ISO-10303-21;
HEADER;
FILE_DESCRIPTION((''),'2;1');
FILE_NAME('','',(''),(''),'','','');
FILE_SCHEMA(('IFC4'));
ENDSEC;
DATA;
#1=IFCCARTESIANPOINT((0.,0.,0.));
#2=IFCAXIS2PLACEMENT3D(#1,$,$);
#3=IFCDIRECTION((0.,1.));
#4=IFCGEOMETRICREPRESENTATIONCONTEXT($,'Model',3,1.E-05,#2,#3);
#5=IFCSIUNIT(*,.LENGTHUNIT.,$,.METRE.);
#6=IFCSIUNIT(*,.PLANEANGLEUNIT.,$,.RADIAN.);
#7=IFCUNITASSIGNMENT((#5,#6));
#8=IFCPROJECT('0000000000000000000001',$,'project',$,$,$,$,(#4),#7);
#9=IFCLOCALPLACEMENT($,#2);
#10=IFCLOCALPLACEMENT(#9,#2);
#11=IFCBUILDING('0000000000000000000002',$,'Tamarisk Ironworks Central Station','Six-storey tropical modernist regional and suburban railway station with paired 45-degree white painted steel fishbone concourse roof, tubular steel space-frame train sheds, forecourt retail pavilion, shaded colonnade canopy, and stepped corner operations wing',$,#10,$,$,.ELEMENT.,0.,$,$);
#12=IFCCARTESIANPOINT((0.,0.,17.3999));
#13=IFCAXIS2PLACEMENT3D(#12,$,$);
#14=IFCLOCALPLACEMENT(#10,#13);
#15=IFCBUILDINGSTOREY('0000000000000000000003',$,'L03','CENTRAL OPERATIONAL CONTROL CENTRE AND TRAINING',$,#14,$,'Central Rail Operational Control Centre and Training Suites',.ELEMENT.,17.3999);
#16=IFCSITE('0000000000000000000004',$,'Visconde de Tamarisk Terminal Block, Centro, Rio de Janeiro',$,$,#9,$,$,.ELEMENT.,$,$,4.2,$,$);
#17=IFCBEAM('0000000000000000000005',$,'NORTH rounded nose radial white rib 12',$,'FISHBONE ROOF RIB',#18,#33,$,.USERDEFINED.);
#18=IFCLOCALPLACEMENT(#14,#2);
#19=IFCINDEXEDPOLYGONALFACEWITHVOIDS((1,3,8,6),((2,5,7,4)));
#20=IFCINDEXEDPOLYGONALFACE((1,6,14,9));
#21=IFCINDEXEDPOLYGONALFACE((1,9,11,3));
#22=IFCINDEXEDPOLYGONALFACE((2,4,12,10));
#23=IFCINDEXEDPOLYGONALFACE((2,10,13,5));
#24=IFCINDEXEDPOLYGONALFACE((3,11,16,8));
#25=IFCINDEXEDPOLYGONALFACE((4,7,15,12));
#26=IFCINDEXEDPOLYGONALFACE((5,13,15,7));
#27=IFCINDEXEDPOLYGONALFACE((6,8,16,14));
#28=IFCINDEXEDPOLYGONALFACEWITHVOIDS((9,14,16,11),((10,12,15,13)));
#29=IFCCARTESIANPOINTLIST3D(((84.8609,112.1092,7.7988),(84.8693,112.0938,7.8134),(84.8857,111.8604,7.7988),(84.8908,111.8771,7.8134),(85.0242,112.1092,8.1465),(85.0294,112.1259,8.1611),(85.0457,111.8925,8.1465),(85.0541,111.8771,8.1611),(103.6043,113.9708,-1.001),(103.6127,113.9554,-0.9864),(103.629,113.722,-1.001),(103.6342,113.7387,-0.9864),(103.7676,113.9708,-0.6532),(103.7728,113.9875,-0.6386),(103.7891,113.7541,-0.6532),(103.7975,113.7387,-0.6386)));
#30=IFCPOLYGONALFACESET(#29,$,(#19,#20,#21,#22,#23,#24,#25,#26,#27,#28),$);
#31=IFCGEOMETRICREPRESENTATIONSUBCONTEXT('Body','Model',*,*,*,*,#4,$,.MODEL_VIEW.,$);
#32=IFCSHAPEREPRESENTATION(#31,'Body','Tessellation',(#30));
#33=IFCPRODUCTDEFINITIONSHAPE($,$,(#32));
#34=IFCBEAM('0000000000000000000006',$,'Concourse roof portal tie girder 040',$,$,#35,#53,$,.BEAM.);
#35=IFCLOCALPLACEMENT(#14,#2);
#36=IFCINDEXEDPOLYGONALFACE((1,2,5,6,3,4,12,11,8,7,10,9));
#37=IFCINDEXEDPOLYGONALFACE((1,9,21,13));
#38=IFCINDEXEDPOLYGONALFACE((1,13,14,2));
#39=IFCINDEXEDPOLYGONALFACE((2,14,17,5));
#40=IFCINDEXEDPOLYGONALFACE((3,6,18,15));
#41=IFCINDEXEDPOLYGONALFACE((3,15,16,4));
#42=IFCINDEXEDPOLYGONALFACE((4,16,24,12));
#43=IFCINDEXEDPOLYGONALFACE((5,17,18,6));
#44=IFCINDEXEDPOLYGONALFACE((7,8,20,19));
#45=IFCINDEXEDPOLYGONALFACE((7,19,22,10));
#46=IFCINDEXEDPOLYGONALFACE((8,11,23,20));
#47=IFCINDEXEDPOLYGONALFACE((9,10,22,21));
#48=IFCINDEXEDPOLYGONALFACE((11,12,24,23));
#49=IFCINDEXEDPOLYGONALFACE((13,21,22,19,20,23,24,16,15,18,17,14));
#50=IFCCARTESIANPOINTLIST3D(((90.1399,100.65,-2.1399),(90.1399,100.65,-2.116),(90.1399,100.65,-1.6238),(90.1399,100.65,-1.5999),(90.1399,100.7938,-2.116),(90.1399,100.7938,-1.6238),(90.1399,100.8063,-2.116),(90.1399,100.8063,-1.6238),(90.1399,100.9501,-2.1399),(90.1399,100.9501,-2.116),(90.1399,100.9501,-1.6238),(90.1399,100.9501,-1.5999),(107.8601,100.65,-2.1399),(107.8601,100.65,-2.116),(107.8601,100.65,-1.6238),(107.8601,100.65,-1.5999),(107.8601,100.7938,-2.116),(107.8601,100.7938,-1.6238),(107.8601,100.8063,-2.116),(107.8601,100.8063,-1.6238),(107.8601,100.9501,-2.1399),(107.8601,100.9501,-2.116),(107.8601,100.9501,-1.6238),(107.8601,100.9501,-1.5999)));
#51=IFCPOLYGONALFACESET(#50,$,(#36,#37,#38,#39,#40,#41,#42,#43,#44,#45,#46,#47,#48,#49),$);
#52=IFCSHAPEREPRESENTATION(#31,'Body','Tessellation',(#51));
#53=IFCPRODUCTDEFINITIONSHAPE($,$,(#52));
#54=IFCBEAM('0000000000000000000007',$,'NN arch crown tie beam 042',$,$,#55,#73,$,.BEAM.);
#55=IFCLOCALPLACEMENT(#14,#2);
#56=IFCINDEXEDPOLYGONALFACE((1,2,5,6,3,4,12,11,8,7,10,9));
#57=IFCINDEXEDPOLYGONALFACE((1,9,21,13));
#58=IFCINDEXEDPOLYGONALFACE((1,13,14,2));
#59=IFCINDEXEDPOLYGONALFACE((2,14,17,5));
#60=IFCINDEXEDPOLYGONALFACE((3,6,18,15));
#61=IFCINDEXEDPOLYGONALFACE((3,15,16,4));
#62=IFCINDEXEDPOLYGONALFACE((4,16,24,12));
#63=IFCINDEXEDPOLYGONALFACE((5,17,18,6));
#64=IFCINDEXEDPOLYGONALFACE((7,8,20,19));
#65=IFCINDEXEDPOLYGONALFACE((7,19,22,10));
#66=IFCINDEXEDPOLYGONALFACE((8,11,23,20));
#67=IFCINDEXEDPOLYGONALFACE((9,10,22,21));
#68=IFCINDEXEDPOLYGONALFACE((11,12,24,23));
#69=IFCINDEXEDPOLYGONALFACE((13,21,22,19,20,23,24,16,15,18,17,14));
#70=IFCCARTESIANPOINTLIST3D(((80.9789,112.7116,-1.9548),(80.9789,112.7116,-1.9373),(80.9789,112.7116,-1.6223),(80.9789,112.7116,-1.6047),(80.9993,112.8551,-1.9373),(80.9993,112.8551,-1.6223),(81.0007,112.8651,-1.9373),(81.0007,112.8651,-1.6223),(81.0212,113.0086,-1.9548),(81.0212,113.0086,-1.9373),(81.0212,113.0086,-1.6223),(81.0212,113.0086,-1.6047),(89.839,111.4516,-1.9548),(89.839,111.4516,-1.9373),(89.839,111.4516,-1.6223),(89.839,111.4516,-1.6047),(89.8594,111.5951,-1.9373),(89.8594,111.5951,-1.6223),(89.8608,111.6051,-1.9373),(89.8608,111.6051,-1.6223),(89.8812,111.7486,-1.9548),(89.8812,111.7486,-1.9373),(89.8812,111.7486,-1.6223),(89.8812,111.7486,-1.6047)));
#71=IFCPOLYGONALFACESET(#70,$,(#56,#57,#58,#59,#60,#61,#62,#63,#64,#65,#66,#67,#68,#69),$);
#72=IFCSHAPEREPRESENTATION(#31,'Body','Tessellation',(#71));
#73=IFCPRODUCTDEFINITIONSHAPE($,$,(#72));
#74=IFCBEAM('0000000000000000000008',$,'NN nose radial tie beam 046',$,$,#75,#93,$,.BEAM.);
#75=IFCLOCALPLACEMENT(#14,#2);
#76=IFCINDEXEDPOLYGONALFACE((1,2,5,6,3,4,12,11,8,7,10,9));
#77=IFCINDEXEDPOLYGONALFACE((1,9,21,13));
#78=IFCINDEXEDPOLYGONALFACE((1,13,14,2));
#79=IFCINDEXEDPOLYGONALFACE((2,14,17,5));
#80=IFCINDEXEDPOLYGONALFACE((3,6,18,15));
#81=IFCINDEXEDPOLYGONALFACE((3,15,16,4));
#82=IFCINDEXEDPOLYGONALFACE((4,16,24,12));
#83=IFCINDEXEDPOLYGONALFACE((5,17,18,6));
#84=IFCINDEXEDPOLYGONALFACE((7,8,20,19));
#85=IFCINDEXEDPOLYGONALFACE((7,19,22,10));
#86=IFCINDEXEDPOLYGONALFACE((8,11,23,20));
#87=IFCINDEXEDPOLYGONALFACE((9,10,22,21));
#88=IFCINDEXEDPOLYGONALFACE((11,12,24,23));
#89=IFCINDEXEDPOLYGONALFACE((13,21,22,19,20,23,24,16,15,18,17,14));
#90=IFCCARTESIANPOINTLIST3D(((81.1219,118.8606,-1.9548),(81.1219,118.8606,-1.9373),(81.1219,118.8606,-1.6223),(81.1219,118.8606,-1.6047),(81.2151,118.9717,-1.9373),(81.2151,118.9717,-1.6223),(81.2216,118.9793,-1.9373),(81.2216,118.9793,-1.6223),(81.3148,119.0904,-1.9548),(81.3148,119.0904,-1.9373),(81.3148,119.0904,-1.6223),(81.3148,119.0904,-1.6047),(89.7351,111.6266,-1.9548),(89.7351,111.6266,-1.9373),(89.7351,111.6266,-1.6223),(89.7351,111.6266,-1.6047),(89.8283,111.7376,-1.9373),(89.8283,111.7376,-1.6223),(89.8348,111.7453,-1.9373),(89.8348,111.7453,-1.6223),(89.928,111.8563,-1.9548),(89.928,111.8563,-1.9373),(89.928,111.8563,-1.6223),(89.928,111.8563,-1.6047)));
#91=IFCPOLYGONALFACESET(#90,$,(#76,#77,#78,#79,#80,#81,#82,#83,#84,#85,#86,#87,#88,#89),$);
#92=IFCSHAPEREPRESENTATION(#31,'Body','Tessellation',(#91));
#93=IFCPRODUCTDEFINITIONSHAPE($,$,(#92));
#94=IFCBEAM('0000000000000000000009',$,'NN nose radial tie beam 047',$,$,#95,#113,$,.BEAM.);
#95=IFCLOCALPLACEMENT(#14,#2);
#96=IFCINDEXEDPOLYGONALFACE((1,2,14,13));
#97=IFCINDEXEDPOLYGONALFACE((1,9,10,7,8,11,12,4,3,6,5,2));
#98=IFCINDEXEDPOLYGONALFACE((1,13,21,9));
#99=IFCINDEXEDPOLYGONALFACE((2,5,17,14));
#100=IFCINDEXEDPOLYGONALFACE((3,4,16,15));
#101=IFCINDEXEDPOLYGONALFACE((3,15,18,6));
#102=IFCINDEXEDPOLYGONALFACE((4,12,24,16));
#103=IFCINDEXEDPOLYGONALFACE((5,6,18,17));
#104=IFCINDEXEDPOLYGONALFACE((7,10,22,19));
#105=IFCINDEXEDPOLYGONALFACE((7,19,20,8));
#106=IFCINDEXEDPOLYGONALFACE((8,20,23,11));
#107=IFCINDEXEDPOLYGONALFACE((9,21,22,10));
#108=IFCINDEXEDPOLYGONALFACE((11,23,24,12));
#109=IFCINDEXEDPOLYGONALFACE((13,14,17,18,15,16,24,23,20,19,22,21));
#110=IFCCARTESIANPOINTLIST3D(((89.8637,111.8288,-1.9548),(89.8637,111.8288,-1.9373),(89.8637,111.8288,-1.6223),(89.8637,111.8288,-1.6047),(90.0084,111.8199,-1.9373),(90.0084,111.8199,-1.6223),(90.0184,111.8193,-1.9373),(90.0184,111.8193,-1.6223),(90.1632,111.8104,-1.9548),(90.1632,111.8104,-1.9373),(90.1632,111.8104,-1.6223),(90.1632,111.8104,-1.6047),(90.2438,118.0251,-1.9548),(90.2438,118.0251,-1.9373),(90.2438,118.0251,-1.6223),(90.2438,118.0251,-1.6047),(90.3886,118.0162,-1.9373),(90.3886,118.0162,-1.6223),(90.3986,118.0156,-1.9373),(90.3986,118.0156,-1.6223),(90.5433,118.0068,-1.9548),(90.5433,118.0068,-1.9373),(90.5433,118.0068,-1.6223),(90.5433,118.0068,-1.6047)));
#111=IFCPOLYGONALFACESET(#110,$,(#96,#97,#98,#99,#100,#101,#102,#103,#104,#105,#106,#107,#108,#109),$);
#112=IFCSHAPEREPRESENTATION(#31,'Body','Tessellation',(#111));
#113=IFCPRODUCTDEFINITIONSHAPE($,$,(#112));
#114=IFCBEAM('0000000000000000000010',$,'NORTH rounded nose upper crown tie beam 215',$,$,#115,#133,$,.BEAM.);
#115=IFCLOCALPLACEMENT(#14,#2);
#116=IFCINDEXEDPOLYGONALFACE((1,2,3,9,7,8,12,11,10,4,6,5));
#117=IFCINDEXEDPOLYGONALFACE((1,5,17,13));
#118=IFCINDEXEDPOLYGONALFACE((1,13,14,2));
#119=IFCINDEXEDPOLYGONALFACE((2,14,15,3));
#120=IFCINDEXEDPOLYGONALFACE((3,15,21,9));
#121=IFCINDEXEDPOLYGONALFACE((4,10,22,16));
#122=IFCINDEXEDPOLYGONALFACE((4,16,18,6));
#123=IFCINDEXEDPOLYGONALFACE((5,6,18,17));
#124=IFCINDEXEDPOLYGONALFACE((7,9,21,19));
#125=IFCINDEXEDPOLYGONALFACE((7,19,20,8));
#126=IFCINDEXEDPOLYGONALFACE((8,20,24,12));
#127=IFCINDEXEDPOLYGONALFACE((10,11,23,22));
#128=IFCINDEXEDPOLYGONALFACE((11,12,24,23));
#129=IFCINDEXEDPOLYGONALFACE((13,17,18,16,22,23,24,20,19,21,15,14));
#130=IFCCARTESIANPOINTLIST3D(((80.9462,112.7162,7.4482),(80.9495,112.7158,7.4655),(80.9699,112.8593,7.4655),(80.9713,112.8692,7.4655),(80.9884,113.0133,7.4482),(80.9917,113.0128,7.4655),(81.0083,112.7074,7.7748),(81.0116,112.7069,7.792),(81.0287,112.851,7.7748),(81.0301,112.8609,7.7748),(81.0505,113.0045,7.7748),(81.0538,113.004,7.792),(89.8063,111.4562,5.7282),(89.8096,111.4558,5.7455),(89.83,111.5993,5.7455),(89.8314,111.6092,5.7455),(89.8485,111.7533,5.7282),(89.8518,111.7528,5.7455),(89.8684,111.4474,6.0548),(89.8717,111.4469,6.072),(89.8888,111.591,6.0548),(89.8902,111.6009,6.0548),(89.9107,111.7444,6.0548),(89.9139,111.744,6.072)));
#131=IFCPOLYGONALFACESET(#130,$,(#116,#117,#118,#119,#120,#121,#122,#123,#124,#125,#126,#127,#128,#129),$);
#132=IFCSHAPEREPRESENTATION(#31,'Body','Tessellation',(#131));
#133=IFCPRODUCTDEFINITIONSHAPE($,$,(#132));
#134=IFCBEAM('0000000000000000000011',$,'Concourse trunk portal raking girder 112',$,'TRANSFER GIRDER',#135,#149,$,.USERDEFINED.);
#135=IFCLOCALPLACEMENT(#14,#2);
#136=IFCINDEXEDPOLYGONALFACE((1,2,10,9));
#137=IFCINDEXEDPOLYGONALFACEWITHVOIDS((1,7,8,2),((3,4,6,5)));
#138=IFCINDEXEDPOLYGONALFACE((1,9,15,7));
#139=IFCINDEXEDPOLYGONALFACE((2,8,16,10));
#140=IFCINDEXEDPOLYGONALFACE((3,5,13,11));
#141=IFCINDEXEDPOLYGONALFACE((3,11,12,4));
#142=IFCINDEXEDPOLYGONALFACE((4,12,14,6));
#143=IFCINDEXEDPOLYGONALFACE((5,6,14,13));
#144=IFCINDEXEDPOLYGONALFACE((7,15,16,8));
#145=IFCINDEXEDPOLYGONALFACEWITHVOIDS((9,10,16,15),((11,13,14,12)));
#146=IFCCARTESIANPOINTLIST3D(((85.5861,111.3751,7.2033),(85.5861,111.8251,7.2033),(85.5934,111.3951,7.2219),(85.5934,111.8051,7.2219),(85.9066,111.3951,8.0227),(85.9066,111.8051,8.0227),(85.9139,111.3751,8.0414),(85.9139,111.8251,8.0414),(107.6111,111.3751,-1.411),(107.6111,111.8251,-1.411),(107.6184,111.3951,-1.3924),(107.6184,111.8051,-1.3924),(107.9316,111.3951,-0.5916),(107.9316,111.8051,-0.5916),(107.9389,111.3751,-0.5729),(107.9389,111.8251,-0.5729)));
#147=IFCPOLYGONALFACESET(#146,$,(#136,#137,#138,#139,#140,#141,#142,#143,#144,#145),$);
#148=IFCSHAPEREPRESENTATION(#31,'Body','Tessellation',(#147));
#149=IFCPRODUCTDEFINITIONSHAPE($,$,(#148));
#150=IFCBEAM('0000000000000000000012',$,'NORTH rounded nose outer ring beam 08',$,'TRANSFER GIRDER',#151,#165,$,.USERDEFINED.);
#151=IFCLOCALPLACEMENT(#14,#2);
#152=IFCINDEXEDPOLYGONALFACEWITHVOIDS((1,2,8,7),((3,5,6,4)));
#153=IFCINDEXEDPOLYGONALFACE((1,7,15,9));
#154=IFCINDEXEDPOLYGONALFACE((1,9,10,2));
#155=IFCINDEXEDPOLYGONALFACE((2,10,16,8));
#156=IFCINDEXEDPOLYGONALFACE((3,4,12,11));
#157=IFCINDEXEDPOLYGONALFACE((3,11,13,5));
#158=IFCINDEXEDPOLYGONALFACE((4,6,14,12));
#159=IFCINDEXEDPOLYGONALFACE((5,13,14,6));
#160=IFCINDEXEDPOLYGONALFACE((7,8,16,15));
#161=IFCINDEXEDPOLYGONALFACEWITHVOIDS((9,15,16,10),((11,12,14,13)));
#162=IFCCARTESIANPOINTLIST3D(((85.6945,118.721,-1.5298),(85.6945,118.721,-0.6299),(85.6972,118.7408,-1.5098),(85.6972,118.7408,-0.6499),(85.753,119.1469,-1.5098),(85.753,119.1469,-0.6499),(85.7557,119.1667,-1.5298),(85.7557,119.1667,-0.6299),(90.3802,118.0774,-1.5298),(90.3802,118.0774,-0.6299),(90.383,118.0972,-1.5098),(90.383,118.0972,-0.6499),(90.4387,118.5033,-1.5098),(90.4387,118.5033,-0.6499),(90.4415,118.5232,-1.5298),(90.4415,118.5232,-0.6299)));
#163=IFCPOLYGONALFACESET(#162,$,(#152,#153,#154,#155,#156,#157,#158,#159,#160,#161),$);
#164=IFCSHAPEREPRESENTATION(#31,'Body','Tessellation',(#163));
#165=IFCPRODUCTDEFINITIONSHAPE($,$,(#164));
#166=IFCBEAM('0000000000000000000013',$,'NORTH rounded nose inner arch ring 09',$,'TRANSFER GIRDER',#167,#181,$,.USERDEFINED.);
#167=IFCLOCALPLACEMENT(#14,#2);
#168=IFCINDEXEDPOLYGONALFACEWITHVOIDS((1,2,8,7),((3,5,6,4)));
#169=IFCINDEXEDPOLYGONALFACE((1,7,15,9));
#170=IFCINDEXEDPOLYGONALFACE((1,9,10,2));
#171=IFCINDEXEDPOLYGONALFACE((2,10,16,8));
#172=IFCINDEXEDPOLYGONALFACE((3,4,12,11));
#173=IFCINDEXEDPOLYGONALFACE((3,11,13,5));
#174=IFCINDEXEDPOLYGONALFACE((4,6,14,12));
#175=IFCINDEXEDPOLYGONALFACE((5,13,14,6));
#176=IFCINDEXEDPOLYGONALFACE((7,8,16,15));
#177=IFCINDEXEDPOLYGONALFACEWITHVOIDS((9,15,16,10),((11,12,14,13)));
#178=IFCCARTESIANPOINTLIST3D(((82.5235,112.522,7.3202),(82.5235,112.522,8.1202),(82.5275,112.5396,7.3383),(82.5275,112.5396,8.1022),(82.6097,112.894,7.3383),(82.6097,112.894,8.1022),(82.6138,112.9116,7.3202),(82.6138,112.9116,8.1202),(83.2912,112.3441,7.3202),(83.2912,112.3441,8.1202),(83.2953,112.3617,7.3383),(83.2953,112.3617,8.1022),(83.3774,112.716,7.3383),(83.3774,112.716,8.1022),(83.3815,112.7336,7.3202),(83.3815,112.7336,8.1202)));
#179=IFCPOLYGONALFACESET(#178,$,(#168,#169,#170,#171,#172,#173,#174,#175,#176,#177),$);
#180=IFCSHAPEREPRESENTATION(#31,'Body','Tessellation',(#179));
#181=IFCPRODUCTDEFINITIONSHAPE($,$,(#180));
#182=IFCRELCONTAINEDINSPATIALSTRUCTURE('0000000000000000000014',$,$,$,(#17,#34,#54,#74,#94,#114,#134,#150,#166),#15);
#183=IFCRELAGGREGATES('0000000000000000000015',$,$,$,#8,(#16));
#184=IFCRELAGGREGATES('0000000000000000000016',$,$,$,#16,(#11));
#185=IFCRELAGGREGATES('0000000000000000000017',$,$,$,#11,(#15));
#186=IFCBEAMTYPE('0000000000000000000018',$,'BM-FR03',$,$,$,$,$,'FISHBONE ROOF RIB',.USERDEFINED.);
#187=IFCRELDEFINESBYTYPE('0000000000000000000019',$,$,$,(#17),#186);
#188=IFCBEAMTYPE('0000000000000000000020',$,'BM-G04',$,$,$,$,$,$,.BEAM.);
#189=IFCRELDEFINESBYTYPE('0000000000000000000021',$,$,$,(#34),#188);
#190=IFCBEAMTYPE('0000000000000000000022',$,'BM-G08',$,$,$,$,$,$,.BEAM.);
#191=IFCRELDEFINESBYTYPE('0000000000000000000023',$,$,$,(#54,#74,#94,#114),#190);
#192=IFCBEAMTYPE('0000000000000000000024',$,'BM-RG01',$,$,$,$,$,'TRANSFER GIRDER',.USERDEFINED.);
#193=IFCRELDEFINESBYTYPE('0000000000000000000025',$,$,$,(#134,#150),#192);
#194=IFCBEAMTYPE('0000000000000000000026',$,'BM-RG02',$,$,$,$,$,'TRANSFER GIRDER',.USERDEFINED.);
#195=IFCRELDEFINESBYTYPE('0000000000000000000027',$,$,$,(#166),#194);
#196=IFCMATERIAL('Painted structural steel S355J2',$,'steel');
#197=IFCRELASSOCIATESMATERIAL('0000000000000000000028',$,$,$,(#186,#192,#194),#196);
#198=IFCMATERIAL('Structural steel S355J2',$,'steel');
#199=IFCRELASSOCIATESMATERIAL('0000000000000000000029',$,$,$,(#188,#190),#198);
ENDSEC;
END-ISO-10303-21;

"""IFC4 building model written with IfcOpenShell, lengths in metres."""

from ifc_helpers import new_model, si_unit, direction, frame, origin, origin_2d, place, context, subcontext, project, spatial, hollow_rectangle, i_section, extrude, material, material_profile, profile_set, type_object, element, save


model = new_model("IFC4")

# Units and contexts
model_context = context("Model", 3, precision=1e-05, world=origin(), true_north=direction((0.0, 1.0)))
body_context = subcontext(model_context, "Body", "Model", "MODEL_VIEW")
ifc_project = project(units=[si_unit("LENGTHUNIT", "METRE"), si_unit("PLANEANGLEUNIT", "RADIAN")], contexts=[model_context])

# Site, building, storey
site_placement = place(None, origin())
site = spatial("IfcSite", under=ifc_project, at=site_placement, Name="Visconde de Tamarisk Terminal Block, Centro, Rio de Janeiro", CompositionType="ELEMENT", RefElevation=4.2)
building_placement = place(site_placement, origin())
building = spatial("IfcBuilding", under=site, at=building_placement, Name="Tamarisk Ironworks Central Station", Description="Six-storey tropical modernist regional and suburban railway station with paired 45-degree white painted steel fishbone concourse roof, tubular steel space-frame train sheds, forecourt retail pavilion, shaded colonnade canopy, and stepped corner operations wing", CompositionType="ELEMENT", ElevationOfRefHeight=0.0)
storey_placement = place(building_placement, frame((0.0, 0.0, 17.3999)))
storey = spatial("IfcBuildingStorey", under=building, at=storey_placement, Name="L03", Description="CENTRAL OPERATIONAL CONTROL CENTRE AND TRAINING", LongName="Central Rail Operational Control Centre and Training Suites", CompositionType="ELEMENT", Elevation=17.3999)

# Shared definitions
ifc_material_1 = material(Name="Structural steel S355J2", Category="steel")

# Beams
ifc_material_2 = material(Name="Painted structural steel S355J2", Category="steel")
ifc_material_profile_1 = material_profile(ifc_material_2, hollow_rectangle(XDim=0.25, YDim=0.3999, WallThickness=0.0161, at=origin_2d()), Name="RHS 400x250x16")
ifc_profile_set_1 = profile_set([ifc_material_profile_1], Name="Painted structural steel S355J2")
beam_type_1 = type_object("IfcBeamType", Name="BM-FR03", ElementType="FISHBONE ROOF RIB", PredefinedType="USERDEFINED", material=ifc_profile_set_1)
beam_1_placement = place(storey_placement, frame((84.9575, 111.9932, 7.98), z_axis=(0.901566, 0.089542, -0.423274), x_axis=(-0.098833, 0.995104, 0.0)))
element("IfcBeam", 1, at=beam_1_placement, inside=storey, type_object=beam_type_1, Name="NORTH rounded nose radial white rib 12", ObjectType="FISHBONE ROOF RIB", PredefinedType="USERDEFINED", context=body_context, shape_type="SweptSolid", body=[
    extrude(hollow_rectangle(XDim=0.25, YDim=0.3999, WallThickness=0.0161, at=origin_2d()), origin(), (0.0, 0.0, 1.0), 20.7898),
])
ifc_material_profile_2 = material_profile(ifc_material_1, i_section(OverallWidth=0.3, OverallDepth=0.54, WebThickness=0.0125, FlangeThickness=0.0239, at=origin_2d()), Name="HEA 550")
ifc_profile_set_2 = profile_set([ifc_material_profile_2], Name="Structural steel S355J2")
beam_type_2 = type_object("IfcBeamType", Name="BM-G04", PredefinedType="BEAM", material=ifc_profile_set_2)
beam_2_placement = place(storey_placement, frame((90.1399, 100.8, -1.8699), z_axis=(1.0, 0.0, 0.0), x_axis=(0.0, 1.0, 0.0)))
element("IfcBeam", 2, at=beam_2_placement, inside=storey, type_object=beam_type_2, Name="Concourse roof portal tie girder 040", PredefinedType="BEAM", context=body_context, shape_type="SweptSolid", body=[
    extrude(i_section(OverallWidth=0.3, OverallDepth=0.54, WebThickness=0.0125, FlangeThickness=0.0239, at=origin_2d()), origin(), (0.0, 0.0, 1.0), 17.7202),
])
ifc_material_profile_3 = material_profile(ifc_material_1, i_section(OverallWidth=0.3, OverallDepth=0.3501, WebThickness=0.01, FlangeThickness=0.0176, at=origin_2d()), Name="HEA 360")
ifc_profile_set_3 = profile_set([ifc_material_profile_3], Name="Structural steel S355J2")
beam_type_3 = type_object("IfcBeamType", Name="BM-G08", PredefinedType="BEAM", material=ifc_profile_set_3)
beam_3_placement = place(storey_placement, frame((89.8601, 111.6001, -1.7798), z_axis=(-0.990039, 0.140795, 0.0), x_axis=(-0.140795, -0.990039, 0.0)))
element("IfcBeam", 3, at=beam_3_placement, inside=storey, type_object=beam_type_3, Name="NN arch crown tie beam 042", PredefinedType="BEAM", context=body_context, shape_type="SweptSolid", body=[
    extrude(i_section(OverallWidth=0.3, OverallDepth=0.3501, WebThickness=0.01, FlangeThickness=0.0176, at=origin_2d()), origin(), (0.0, 0.0, 1.0), 8.9492),
])
beam_4_placement = place(storey_placement, frame((89.8315, 111.7415, -1.7798), z_axis=(-0.76575, 0.643139, 0.0), x_axis=(-0.643139, -0.76575, 0.0)))
element("IfcBeam", 4, at=beam_4_placement, inside=storey, type_object=beam_type_3, Name="NN nose radial tie beam 046", PredefinedType="BEAM", context=body_context, shape_type="SweptSolid", body=[
    extrude(i_section(OverallWidth=0.3, OverallDepth=0.3501, WebThickness=0.01, FlangeThickness=0.0176, at=origin_2d()), origin(), (0.0, 0.0, 1.0), 11.248),
])
beam_5_placement = place(storey_placement, frame((90.0134, 111.8196, -1.7798), z_axis=(0.061232, 0.998124, 0.0), x_axis=(-0.998124, 0.061232, 0.0)))
element("IfcBeam", 5, at=beam_5_placement, inside=storey, type_object=beam_type_3, Name="NN nose radial tie beam 047", PredefinedType="BEAM", context=body_context, shape_type="SweptSolid", body=[
    extrude(i_section(OverallWidth=0.3, OverallDepth=0.3501, WebThickness=0.01, FlangeThickness=0.0176, at=origin_2d()), origin(), (0.0, 0.0, 1.0), 6.208),
])
beam_6_placement = place(storey_placement, frame((89.8601, 111.6001, 5.9001), z_axis=(-0.972245, 0.138265, 0.188737), x_axis=(-0.140795, -0.990039, 0.0)))
element("IfcBeam", 6, at=beam_6_placement, inside=storey, type_object=beam_type_3, Name="NORTH rounded nose upper crown tie beam 215", PredefinedType="BEAM", context=body_context, shape_type="SweptSolid", body=[
    extrude(i_section(OverallWidth=0.3, OverallDepth=0.3501, WebThickness=0.01, FlangeThickness=0.0176, at=origin_2d()), origin(), (0.0, 0.0, 1.0), 9.113),
])
ifc_material_profile_4 = material_profile(ifc_material_2, hollow_rectangle(XDim=0.45, YDim=0.8999, WallThickness=0.02, at=origin_2d()), Name="BOX 450x900x20")
ifc_profile_set_4 = profile_set([ifc_material_profile_4], Name="Painted structural steel S355J2")
beam_type_4 = type_object("IfcBeamType", Name="BM-RG01", ElementType="TRANSFER GIRDER", PredefinedType="USERDEFINED", material=ifc_profile_set_4)
beam_7_placement = place(storey_placement, frame((85.75, 111.6001, 7.6223), z_axis=(0.931303, 0.0, -0.364246), x_axis=(0.0, 1.0, 0.0)))
element("IfcBeam", 7, at=beam_7_placement, inside=storey, type_object=beam_type_4, Name="Concourse trunk portal raking girder 112", ObjectType="TRANSFER GIRDER", PredefinedType="USERDEFINED", context=body_context, shape_type="SweptSolid", body=[
    extrude(hollow_rectangle(XDim=0.45, YDim=0.8999, WallThickness=0.02, at=origin_2d()), origin(), (0.0, 0.0, 1.0), 23.6497),
])
beam_8_placement = place(storey_placement, frame((85.7251, 118.9438, -1.0798), z_axis=(0.9907, -0.136064, 0.0), x_axis=(0.136064, 0.9907, 0.0)))
element("IfcBeam", 8, at=beam_8_placement, inside=storey, type_object=beam_type_4, Name="NORTH rounded nose outer ring beam 08", ObjectType="TRANSFER GIRDER", PredefinedType="USERDEFINED", context=body_context, shape_type="SweptSolid", body=[
    extrude(hollow_rectangle(XDim=0.45, YDim=0.8999, WallThickness=0.02, at=origin_2d()), origin(), (0.0, 0.0, 1.0), 4.7297),
])
ifc_material_profile_5 = material_profile(ifc_material_2, hollow_rectangle(XDim=0.3999, YDim=0.8, WallThickness=0.0181, at=origin_2d()), Name="BOX 400x800x18")
ifc_profile_set_5 = profile_set([ifc_material_profile_5], Name="Painted structural steel S355J2")
beam_type_5 = type_object("IfcBeamType", Name="BM-RG02", ElementType="TRANSFER GIRDER", PredefinedType="USERDEFINED", material=ifc_profile_set_5)
beam_9_placement = place(storey_placement, frame((82.5686, 112.7168, 7.7202), z_axis=(0.974171, -0.22581, 0.0), x_axis=(0.22581, 0.974171, 0.0)))
element("IfcBeam", 9, at=beam_9_placement, inside=storey, type_object=beam_type_5, Name="NORTH rounded nose inner arch ring 09", ObjectType="TRANSFER GIRDER", PredefinedType="USERDEFINED", context=body_context, shape_type="SweptSolid", body=[
    extrude(hollow_rectangle(XDim=0.3999, YDim=0.8, WallThickness=0.0181, at=origin_2d()), origin(), (0.0, 0.0, 1.0), 0.7881),
])

save(model, "model.ifc")
